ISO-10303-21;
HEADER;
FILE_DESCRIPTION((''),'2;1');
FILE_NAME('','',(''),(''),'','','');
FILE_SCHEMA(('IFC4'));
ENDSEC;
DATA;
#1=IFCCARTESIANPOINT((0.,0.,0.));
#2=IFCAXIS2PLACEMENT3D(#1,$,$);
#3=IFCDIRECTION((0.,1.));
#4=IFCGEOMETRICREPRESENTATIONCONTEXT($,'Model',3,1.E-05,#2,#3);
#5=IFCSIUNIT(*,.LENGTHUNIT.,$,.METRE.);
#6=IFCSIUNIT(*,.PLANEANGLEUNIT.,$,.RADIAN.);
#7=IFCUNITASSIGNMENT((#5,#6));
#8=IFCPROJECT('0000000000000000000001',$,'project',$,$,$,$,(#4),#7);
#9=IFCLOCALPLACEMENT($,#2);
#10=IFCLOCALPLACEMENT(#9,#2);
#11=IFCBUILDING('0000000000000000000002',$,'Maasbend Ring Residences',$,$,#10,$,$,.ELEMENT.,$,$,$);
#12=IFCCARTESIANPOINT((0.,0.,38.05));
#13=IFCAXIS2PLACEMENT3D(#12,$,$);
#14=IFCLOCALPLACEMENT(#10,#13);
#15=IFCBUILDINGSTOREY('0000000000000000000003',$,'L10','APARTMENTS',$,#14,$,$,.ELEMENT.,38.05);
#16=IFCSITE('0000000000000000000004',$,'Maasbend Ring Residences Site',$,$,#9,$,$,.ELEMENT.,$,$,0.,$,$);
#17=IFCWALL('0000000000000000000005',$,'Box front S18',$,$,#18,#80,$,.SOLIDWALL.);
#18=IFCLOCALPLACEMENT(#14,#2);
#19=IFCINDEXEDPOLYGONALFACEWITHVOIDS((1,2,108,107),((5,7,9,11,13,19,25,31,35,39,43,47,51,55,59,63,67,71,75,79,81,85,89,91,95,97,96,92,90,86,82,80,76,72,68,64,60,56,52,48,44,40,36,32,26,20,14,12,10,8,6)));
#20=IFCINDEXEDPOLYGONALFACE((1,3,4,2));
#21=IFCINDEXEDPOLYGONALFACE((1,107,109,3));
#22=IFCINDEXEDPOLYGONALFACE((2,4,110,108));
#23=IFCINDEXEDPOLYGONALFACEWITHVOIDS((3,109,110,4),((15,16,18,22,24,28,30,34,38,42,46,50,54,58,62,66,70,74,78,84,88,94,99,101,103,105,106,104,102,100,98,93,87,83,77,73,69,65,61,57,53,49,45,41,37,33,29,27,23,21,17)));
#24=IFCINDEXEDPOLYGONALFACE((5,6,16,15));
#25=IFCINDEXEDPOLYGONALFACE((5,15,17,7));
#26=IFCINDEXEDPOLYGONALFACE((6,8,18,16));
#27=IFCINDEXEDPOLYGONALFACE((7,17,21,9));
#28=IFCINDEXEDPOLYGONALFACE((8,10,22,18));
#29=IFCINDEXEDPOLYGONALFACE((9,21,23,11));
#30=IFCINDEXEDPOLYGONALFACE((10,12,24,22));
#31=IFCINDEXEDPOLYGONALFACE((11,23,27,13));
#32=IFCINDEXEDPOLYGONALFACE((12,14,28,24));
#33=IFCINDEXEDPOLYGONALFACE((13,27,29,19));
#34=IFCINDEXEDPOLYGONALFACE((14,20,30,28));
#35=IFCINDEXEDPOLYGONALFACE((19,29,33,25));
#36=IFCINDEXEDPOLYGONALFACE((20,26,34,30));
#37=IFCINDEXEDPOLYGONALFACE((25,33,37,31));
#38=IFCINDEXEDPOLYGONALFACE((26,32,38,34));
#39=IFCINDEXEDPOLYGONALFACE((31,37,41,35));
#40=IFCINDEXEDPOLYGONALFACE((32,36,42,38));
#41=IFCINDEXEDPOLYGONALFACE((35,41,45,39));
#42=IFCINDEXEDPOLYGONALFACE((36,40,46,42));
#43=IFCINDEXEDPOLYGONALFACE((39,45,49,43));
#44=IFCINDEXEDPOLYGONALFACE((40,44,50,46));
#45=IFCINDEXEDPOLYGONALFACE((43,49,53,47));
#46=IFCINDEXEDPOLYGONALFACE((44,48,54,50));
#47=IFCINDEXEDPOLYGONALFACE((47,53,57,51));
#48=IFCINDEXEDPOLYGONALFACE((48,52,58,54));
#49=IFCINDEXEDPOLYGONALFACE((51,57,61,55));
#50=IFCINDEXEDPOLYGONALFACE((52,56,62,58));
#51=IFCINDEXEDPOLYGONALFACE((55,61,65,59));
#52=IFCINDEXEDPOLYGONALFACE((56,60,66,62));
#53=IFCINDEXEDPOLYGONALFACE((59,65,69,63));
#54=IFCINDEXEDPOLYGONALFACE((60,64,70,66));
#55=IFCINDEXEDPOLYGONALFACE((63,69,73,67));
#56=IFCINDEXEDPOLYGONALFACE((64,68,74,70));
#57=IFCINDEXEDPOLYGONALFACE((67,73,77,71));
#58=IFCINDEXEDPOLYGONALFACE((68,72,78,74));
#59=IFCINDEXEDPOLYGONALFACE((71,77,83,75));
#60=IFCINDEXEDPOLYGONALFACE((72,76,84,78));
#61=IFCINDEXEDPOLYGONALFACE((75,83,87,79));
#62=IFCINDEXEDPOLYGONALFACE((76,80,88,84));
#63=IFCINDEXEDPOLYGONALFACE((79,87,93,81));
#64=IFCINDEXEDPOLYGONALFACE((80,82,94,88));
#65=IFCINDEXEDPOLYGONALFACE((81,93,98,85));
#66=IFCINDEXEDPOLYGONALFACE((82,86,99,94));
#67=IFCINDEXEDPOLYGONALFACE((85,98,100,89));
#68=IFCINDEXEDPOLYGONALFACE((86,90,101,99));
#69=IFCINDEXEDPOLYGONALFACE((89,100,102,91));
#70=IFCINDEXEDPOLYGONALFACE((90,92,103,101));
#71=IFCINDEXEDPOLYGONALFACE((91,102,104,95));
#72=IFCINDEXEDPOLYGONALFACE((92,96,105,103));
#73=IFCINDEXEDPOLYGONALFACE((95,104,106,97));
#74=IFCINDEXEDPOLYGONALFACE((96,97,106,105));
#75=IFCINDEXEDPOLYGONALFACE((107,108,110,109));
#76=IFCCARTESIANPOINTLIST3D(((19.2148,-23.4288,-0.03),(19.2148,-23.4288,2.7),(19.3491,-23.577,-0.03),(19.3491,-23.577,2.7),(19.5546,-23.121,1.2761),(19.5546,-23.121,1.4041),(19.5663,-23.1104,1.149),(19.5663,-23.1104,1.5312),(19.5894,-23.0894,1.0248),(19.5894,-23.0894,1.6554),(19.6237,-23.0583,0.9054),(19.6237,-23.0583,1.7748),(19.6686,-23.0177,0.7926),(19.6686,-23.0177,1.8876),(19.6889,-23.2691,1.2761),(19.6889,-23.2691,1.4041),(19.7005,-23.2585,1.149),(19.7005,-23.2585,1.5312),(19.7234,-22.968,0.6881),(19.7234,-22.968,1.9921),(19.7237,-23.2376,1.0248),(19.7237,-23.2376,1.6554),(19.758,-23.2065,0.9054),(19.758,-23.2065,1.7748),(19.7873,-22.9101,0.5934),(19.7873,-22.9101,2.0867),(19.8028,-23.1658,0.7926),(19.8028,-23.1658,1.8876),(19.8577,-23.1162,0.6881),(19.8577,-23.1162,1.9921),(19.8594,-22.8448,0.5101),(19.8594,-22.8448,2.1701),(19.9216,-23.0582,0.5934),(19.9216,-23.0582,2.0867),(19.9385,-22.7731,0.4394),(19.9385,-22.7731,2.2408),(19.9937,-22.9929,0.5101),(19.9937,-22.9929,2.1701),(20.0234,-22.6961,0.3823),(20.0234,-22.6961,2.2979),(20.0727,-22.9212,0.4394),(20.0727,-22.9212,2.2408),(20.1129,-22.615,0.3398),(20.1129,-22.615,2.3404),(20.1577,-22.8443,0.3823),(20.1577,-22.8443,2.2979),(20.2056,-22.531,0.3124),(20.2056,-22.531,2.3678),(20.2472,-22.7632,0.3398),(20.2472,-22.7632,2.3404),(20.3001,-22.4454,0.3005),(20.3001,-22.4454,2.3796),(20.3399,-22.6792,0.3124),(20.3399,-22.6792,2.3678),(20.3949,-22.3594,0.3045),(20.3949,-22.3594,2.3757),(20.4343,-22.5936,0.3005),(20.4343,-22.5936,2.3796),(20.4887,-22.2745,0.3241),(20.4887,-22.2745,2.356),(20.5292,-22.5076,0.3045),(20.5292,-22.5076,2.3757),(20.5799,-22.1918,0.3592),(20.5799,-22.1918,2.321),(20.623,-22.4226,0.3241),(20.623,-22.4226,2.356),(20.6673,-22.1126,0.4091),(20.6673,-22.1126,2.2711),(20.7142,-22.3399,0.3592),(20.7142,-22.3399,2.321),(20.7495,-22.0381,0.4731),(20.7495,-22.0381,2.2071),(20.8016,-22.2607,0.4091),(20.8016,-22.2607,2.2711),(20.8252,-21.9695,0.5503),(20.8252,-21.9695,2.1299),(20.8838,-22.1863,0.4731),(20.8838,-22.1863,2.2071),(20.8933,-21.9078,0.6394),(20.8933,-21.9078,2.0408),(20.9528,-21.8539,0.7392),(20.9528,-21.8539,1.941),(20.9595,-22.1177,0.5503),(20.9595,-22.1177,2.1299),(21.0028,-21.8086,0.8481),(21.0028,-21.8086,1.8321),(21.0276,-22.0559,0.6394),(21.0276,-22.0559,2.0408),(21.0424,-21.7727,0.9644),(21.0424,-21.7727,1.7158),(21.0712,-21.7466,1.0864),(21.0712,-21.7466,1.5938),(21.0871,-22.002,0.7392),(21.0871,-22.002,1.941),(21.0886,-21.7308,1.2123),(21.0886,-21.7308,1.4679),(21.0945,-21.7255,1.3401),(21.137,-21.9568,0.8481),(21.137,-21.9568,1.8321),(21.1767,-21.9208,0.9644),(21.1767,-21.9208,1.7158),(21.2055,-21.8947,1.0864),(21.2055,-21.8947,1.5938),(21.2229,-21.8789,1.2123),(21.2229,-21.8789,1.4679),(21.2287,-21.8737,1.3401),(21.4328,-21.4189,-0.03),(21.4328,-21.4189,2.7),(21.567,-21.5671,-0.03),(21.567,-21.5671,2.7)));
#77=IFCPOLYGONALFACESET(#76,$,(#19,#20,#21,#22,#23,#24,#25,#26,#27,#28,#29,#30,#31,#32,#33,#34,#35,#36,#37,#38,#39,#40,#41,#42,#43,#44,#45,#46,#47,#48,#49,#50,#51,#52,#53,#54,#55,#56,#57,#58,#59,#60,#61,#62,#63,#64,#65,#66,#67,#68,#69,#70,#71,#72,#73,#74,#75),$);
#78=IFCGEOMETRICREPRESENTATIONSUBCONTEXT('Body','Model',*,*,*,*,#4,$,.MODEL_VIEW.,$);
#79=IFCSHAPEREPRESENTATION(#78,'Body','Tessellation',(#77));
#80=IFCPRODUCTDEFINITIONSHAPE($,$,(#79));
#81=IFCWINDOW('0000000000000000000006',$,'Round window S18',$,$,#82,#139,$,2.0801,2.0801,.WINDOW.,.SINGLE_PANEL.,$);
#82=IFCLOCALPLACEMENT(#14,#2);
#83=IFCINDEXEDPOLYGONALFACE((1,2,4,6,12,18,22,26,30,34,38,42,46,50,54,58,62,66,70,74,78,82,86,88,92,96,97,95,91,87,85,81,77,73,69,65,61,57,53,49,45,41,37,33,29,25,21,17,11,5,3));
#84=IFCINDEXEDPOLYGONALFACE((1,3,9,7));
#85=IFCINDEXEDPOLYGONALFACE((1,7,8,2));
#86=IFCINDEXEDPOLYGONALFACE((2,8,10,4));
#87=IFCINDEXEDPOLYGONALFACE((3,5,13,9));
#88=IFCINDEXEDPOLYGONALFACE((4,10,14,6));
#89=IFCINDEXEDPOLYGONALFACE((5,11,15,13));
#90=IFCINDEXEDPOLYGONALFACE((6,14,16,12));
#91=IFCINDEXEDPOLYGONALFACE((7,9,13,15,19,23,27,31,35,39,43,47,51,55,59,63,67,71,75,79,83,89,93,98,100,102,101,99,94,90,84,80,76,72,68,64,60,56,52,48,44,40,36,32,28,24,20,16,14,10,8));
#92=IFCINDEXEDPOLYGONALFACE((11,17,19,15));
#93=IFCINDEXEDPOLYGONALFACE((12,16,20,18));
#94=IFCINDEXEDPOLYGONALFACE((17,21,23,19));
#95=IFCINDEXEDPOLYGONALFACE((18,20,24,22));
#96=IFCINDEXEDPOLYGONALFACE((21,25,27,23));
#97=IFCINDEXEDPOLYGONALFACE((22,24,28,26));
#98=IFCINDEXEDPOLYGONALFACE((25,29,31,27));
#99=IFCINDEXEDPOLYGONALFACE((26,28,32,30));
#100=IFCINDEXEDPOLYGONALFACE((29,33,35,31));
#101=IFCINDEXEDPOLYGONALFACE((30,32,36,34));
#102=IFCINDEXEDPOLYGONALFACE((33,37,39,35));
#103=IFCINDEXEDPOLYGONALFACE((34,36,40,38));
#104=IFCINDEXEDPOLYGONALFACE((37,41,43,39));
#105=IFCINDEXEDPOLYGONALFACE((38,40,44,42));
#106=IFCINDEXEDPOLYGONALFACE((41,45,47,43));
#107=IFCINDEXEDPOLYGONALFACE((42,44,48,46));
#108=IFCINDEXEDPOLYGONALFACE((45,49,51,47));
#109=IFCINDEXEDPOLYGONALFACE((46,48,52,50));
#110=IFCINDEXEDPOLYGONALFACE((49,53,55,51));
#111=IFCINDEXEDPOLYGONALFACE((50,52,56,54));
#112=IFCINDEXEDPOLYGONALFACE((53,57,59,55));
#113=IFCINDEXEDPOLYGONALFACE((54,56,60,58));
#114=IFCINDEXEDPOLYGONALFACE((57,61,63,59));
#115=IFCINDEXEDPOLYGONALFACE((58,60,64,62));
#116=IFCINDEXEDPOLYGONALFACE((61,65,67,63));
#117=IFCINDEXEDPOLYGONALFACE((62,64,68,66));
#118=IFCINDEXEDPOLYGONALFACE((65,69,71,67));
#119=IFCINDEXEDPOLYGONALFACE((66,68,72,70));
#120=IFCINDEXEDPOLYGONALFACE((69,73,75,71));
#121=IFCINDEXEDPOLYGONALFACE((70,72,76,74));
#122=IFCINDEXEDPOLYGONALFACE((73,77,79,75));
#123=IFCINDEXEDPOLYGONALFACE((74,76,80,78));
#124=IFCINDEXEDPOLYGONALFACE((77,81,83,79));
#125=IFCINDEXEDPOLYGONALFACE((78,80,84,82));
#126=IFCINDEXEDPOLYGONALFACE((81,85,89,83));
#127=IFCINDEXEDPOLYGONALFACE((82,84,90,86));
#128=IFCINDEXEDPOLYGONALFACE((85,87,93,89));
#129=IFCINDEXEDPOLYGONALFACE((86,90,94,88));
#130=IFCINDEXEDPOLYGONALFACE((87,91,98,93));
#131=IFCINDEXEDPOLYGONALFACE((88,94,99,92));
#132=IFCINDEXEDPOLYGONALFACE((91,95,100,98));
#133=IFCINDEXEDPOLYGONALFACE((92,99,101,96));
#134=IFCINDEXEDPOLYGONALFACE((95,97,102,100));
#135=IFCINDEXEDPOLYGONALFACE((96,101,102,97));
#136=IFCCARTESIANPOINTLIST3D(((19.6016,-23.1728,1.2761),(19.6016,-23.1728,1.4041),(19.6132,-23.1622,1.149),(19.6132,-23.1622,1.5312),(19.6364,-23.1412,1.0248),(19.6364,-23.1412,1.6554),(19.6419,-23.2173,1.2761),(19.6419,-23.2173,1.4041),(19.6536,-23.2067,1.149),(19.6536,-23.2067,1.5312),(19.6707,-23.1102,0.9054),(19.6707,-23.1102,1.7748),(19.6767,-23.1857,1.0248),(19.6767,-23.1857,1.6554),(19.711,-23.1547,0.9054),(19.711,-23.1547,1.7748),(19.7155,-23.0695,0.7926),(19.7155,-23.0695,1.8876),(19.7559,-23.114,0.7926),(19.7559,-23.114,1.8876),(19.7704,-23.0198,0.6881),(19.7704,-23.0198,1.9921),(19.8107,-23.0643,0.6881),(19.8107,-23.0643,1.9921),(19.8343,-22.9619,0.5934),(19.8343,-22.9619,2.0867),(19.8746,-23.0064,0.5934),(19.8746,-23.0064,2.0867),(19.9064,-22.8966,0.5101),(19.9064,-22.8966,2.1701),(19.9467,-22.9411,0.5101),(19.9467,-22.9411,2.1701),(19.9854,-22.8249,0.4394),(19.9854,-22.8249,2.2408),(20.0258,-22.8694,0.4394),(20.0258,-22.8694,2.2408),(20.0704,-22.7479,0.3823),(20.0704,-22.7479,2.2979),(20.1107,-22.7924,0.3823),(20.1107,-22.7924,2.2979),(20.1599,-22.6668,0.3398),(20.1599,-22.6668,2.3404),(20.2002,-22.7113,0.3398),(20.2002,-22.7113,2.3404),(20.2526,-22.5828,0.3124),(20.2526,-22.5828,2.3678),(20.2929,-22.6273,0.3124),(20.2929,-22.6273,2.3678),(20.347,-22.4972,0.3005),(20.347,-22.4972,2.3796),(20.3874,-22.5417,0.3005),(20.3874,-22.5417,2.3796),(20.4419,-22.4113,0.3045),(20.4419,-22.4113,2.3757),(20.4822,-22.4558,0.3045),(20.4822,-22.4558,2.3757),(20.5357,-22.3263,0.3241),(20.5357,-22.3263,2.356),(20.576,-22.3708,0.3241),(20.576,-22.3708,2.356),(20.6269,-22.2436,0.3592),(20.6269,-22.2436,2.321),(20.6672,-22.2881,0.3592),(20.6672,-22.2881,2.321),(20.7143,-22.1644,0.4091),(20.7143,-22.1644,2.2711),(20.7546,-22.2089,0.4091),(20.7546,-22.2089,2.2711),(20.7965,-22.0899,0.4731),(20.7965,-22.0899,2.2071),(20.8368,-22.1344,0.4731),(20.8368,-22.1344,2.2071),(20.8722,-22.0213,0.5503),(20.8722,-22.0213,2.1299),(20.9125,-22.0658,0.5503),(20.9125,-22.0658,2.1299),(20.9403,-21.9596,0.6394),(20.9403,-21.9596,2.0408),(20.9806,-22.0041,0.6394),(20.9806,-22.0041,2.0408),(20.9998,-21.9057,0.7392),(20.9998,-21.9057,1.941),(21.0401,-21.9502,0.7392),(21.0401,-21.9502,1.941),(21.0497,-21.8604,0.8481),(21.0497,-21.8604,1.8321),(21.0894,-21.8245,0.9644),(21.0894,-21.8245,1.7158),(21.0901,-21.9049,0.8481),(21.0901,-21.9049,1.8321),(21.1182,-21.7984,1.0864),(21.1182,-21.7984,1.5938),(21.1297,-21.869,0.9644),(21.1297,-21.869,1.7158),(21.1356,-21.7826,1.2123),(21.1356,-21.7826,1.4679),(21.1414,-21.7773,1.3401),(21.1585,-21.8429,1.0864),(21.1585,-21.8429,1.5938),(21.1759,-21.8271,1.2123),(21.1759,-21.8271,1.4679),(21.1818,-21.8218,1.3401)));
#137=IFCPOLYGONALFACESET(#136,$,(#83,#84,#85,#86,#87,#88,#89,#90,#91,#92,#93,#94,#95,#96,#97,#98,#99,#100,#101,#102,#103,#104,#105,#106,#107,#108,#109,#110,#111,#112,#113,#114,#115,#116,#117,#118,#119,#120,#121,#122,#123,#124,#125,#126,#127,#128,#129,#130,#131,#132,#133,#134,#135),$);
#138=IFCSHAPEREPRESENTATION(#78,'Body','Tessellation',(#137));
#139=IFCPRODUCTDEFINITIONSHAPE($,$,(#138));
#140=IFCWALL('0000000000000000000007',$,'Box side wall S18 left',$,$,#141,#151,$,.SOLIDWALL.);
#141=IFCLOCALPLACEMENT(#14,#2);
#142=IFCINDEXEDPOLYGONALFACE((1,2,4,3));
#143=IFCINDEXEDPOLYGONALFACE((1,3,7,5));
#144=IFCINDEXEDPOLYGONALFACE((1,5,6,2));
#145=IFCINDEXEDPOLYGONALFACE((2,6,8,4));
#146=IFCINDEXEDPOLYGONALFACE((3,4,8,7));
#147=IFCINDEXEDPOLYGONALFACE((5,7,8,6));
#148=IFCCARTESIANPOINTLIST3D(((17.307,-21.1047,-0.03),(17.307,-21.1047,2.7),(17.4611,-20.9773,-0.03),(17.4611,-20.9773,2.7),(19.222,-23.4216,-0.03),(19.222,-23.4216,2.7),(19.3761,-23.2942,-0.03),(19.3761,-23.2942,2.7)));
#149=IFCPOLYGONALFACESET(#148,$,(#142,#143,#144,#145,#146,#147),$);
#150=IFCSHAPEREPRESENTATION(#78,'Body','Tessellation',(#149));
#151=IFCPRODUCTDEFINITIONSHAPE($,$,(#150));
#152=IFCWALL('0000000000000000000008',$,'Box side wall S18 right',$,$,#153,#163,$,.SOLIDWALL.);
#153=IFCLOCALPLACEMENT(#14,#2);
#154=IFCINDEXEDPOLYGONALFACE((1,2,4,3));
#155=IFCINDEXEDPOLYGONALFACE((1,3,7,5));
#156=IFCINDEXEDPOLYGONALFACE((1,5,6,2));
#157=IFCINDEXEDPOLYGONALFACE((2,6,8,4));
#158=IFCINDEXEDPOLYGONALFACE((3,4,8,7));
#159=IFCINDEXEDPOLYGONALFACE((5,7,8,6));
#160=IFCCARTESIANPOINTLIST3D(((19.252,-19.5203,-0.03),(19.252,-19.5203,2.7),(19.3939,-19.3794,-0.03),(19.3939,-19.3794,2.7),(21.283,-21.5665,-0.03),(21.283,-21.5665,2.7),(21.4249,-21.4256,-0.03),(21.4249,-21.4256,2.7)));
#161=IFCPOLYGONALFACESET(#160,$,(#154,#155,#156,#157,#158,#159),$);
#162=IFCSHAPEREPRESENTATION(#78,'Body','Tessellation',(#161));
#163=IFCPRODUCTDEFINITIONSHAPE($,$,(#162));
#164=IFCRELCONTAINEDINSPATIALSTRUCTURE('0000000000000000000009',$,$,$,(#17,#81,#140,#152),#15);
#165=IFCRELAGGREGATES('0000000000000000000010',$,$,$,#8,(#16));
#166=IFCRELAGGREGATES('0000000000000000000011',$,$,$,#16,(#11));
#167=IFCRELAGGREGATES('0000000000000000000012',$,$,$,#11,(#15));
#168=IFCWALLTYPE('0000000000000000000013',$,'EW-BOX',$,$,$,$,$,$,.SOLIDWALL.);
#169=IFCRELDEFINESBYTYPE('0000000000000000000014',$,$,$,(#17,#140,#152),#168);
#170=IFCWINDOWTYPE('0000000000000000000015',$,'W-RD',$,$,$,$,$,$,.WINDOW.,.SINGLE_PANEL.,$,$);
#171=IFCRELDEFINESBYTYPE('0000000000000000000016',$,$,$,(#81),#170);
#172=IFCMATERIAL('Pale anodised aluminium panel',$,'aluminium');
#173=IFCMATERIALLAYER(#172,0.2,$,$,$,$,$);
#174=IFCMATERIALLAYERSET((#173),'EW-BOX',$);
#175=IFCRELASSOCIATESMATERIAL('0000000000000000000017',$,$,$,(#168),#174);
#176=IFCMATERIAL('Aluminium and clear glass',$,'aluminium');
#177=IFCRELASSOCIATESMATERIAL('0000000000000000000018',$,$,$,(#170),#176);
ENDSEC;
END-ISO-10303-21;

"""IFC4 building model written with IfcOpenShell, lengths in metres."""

from ifc_helpers import new_model, si_unit, direction, frame, frame_2d, origin, place, context, subcontext, project, spatial, rectangle, circle, extrude, material, layer, layer_set, type_object, element, fill, save


model = new_model("IFC4")

# Units and contexts
model_context = context("Model", 3, precision=1e-05, world=origin(), true_north=direction((0.0, 1.0)))
body_context = subcontext(model_context, "Body", "Model", "MODEL_VIEW")
ifc_project = project(units=[si_unit("LENGTHUNIT", "METRE"), si_unit("PLANEANGLEUNIT", "RADIAN")], contexts=[model_context])

# Site, building, storey
site_placement = place(None, origin())
site = spatial("IfcSite", under=ifc_project, at=site_placement, Name="Maasbend Ring Residences Site", CompositionType="ELEMENT", RefElevation=0.0)
building_placement = place(site_placement, origin())
building = spatial("IfcBuilding", under=site, at=building_placement, Name="Maasbend Ring Residences", CompositionType="ELEMENT")
storey_placement = place(building_placement, frame((0.0, 0.0, 38.05)))
storey = spatial("IfcBuildingStorey", under=building, at=storey_placement, Name="L10", Description="APARTMENTS", CompositionType="ELEMENT", Elevation=38.05)

# Shared definitions
ifc_material_1 = material(Name="Pale anodised aluminium panel", Category="aluminium")
ifc_layer_1 = layer(ifc_material_1, 0.2)
ifc_layer_set_1 = layer_set([ifc_layer_1], Name="EW-BOX")
wall_type_1 = type_object("IfcWallType", Name="EW-BOX", PredefinedType="SOLIDWALL", material=ifc_layer_set_1)
ifc_material_2 = material(Name="Aluminium and clear glass", Category="aluminium")
window_type_1 = type_object("IfcWindowType", Name="W-RD", PartitioningType="SINGLE_PANEL", PredefinedType="WINDOW", material=ifc_material_2)

# Wall, opening, window
wall_1_placement = place(storey_placement, frame((19.282, -23.5029, -0.03), z_axis=(0.0, 0.0, 1.0), x_axis=(0.740998, 0.671507, 0.0)))
wall_1 = element("IfcWall", 1, at=wall_1_placement, inside=storey, type_object=wall_type_1, Name="Box front S18", PredefinedType="SOLIDWALL", context=body_context, shape_type="SweptSolid", body=[
    extrude(rectangle(XDim=2.9932, YDim=0.2, at=frame_2d((1.4966, 0.0))), origin(), (0.0, 0.0, 1.0), 2.73),
])
opening_1_placement = place(wall_1_placement, frame((0.4565, 0.0, 0.3301)))
opening_1 = element("IfcOpeningElement", 2, at=opening_1_placement, cuts=wall_1, PredefinedType="OPENING", context=body_context, shape_type="SweptSolid", body=[
    extrude(circle(Radius=1.04, at=frame_2d((1.04, 1.04))), frame((0.0, 0.1099, 0.0), z_axis=(0.0, -1.0, 0.0), x_axis=(1.0, 0.0, 0.0)), (0.0, 0.0, 1.0), 0.22),
])
window_1_placement = place(opening_1_placement, origin())
window_1 = element("IfcWindow", 3, at=window_1_placement, inside=storey, type_object=window_type_1, Name="Round window S18", OverallHeight=2.0801, OverallWidth=2.0801, PartitioningType="SINGLE_PANEL", PredefinedType="WINDOW", context=body_context, shape_type="SweptSolid", body=[
    extrude(circle(Radius=1.04, at=frame_2d((1.04, 1.04))), frame((0.0, 0.03, 0.0), z_axis=(0.0, -1.0, 0.0), x_axis=(1.0, 0.0, 0.0)), (0.0, 0.0, 1.0), 0.0601),
])
fill(opening_1, window_1)

# Walls
wall_2_placement = place(storey_placement, frame((17.384, -21.041, -0.03), z_axis=(0.0, 0.0, 1.0), x_axis=(0.637096, -0.770785, 0.0)))
element("IfcWall", 4, at=wall_2_placement, inside=storey, type_object=wall_type_1, Name="Box side wall S18 left", PredefinedType="SOLIDWALL", context=body_context, shape_type="SweptSolid", body=[
    extrude(rectangle(XDim=3.0059, YDim=0.2, at=frame_2d((1.5029, 0.0))), origin(), (0.0, 0.0, 1.0), 2.73),
])
wall_3_placement = place(storey_placement, frame((19.323, -19.45, -0.03), z_axis=(0.0, 0.0, 1.0), x_axis=(0.704477, -0.709727, 0.0)))
element("IfcWall", 5, at=wall_3_placement, inside=storey, type_object=wall_type_1, Name="Box side wall S18 right", PredefinedType="SOLIDWALL", context=body_context, shape_type="SweptSolid", body=[
    extrude(rectangle(XDim=2.8831, YDim=0.2, at=frame_2d((1.4414, 0.0))), origin(), (0.0, 0.0, 1.0), 2.73),
])

save(model, "model.ifc")
